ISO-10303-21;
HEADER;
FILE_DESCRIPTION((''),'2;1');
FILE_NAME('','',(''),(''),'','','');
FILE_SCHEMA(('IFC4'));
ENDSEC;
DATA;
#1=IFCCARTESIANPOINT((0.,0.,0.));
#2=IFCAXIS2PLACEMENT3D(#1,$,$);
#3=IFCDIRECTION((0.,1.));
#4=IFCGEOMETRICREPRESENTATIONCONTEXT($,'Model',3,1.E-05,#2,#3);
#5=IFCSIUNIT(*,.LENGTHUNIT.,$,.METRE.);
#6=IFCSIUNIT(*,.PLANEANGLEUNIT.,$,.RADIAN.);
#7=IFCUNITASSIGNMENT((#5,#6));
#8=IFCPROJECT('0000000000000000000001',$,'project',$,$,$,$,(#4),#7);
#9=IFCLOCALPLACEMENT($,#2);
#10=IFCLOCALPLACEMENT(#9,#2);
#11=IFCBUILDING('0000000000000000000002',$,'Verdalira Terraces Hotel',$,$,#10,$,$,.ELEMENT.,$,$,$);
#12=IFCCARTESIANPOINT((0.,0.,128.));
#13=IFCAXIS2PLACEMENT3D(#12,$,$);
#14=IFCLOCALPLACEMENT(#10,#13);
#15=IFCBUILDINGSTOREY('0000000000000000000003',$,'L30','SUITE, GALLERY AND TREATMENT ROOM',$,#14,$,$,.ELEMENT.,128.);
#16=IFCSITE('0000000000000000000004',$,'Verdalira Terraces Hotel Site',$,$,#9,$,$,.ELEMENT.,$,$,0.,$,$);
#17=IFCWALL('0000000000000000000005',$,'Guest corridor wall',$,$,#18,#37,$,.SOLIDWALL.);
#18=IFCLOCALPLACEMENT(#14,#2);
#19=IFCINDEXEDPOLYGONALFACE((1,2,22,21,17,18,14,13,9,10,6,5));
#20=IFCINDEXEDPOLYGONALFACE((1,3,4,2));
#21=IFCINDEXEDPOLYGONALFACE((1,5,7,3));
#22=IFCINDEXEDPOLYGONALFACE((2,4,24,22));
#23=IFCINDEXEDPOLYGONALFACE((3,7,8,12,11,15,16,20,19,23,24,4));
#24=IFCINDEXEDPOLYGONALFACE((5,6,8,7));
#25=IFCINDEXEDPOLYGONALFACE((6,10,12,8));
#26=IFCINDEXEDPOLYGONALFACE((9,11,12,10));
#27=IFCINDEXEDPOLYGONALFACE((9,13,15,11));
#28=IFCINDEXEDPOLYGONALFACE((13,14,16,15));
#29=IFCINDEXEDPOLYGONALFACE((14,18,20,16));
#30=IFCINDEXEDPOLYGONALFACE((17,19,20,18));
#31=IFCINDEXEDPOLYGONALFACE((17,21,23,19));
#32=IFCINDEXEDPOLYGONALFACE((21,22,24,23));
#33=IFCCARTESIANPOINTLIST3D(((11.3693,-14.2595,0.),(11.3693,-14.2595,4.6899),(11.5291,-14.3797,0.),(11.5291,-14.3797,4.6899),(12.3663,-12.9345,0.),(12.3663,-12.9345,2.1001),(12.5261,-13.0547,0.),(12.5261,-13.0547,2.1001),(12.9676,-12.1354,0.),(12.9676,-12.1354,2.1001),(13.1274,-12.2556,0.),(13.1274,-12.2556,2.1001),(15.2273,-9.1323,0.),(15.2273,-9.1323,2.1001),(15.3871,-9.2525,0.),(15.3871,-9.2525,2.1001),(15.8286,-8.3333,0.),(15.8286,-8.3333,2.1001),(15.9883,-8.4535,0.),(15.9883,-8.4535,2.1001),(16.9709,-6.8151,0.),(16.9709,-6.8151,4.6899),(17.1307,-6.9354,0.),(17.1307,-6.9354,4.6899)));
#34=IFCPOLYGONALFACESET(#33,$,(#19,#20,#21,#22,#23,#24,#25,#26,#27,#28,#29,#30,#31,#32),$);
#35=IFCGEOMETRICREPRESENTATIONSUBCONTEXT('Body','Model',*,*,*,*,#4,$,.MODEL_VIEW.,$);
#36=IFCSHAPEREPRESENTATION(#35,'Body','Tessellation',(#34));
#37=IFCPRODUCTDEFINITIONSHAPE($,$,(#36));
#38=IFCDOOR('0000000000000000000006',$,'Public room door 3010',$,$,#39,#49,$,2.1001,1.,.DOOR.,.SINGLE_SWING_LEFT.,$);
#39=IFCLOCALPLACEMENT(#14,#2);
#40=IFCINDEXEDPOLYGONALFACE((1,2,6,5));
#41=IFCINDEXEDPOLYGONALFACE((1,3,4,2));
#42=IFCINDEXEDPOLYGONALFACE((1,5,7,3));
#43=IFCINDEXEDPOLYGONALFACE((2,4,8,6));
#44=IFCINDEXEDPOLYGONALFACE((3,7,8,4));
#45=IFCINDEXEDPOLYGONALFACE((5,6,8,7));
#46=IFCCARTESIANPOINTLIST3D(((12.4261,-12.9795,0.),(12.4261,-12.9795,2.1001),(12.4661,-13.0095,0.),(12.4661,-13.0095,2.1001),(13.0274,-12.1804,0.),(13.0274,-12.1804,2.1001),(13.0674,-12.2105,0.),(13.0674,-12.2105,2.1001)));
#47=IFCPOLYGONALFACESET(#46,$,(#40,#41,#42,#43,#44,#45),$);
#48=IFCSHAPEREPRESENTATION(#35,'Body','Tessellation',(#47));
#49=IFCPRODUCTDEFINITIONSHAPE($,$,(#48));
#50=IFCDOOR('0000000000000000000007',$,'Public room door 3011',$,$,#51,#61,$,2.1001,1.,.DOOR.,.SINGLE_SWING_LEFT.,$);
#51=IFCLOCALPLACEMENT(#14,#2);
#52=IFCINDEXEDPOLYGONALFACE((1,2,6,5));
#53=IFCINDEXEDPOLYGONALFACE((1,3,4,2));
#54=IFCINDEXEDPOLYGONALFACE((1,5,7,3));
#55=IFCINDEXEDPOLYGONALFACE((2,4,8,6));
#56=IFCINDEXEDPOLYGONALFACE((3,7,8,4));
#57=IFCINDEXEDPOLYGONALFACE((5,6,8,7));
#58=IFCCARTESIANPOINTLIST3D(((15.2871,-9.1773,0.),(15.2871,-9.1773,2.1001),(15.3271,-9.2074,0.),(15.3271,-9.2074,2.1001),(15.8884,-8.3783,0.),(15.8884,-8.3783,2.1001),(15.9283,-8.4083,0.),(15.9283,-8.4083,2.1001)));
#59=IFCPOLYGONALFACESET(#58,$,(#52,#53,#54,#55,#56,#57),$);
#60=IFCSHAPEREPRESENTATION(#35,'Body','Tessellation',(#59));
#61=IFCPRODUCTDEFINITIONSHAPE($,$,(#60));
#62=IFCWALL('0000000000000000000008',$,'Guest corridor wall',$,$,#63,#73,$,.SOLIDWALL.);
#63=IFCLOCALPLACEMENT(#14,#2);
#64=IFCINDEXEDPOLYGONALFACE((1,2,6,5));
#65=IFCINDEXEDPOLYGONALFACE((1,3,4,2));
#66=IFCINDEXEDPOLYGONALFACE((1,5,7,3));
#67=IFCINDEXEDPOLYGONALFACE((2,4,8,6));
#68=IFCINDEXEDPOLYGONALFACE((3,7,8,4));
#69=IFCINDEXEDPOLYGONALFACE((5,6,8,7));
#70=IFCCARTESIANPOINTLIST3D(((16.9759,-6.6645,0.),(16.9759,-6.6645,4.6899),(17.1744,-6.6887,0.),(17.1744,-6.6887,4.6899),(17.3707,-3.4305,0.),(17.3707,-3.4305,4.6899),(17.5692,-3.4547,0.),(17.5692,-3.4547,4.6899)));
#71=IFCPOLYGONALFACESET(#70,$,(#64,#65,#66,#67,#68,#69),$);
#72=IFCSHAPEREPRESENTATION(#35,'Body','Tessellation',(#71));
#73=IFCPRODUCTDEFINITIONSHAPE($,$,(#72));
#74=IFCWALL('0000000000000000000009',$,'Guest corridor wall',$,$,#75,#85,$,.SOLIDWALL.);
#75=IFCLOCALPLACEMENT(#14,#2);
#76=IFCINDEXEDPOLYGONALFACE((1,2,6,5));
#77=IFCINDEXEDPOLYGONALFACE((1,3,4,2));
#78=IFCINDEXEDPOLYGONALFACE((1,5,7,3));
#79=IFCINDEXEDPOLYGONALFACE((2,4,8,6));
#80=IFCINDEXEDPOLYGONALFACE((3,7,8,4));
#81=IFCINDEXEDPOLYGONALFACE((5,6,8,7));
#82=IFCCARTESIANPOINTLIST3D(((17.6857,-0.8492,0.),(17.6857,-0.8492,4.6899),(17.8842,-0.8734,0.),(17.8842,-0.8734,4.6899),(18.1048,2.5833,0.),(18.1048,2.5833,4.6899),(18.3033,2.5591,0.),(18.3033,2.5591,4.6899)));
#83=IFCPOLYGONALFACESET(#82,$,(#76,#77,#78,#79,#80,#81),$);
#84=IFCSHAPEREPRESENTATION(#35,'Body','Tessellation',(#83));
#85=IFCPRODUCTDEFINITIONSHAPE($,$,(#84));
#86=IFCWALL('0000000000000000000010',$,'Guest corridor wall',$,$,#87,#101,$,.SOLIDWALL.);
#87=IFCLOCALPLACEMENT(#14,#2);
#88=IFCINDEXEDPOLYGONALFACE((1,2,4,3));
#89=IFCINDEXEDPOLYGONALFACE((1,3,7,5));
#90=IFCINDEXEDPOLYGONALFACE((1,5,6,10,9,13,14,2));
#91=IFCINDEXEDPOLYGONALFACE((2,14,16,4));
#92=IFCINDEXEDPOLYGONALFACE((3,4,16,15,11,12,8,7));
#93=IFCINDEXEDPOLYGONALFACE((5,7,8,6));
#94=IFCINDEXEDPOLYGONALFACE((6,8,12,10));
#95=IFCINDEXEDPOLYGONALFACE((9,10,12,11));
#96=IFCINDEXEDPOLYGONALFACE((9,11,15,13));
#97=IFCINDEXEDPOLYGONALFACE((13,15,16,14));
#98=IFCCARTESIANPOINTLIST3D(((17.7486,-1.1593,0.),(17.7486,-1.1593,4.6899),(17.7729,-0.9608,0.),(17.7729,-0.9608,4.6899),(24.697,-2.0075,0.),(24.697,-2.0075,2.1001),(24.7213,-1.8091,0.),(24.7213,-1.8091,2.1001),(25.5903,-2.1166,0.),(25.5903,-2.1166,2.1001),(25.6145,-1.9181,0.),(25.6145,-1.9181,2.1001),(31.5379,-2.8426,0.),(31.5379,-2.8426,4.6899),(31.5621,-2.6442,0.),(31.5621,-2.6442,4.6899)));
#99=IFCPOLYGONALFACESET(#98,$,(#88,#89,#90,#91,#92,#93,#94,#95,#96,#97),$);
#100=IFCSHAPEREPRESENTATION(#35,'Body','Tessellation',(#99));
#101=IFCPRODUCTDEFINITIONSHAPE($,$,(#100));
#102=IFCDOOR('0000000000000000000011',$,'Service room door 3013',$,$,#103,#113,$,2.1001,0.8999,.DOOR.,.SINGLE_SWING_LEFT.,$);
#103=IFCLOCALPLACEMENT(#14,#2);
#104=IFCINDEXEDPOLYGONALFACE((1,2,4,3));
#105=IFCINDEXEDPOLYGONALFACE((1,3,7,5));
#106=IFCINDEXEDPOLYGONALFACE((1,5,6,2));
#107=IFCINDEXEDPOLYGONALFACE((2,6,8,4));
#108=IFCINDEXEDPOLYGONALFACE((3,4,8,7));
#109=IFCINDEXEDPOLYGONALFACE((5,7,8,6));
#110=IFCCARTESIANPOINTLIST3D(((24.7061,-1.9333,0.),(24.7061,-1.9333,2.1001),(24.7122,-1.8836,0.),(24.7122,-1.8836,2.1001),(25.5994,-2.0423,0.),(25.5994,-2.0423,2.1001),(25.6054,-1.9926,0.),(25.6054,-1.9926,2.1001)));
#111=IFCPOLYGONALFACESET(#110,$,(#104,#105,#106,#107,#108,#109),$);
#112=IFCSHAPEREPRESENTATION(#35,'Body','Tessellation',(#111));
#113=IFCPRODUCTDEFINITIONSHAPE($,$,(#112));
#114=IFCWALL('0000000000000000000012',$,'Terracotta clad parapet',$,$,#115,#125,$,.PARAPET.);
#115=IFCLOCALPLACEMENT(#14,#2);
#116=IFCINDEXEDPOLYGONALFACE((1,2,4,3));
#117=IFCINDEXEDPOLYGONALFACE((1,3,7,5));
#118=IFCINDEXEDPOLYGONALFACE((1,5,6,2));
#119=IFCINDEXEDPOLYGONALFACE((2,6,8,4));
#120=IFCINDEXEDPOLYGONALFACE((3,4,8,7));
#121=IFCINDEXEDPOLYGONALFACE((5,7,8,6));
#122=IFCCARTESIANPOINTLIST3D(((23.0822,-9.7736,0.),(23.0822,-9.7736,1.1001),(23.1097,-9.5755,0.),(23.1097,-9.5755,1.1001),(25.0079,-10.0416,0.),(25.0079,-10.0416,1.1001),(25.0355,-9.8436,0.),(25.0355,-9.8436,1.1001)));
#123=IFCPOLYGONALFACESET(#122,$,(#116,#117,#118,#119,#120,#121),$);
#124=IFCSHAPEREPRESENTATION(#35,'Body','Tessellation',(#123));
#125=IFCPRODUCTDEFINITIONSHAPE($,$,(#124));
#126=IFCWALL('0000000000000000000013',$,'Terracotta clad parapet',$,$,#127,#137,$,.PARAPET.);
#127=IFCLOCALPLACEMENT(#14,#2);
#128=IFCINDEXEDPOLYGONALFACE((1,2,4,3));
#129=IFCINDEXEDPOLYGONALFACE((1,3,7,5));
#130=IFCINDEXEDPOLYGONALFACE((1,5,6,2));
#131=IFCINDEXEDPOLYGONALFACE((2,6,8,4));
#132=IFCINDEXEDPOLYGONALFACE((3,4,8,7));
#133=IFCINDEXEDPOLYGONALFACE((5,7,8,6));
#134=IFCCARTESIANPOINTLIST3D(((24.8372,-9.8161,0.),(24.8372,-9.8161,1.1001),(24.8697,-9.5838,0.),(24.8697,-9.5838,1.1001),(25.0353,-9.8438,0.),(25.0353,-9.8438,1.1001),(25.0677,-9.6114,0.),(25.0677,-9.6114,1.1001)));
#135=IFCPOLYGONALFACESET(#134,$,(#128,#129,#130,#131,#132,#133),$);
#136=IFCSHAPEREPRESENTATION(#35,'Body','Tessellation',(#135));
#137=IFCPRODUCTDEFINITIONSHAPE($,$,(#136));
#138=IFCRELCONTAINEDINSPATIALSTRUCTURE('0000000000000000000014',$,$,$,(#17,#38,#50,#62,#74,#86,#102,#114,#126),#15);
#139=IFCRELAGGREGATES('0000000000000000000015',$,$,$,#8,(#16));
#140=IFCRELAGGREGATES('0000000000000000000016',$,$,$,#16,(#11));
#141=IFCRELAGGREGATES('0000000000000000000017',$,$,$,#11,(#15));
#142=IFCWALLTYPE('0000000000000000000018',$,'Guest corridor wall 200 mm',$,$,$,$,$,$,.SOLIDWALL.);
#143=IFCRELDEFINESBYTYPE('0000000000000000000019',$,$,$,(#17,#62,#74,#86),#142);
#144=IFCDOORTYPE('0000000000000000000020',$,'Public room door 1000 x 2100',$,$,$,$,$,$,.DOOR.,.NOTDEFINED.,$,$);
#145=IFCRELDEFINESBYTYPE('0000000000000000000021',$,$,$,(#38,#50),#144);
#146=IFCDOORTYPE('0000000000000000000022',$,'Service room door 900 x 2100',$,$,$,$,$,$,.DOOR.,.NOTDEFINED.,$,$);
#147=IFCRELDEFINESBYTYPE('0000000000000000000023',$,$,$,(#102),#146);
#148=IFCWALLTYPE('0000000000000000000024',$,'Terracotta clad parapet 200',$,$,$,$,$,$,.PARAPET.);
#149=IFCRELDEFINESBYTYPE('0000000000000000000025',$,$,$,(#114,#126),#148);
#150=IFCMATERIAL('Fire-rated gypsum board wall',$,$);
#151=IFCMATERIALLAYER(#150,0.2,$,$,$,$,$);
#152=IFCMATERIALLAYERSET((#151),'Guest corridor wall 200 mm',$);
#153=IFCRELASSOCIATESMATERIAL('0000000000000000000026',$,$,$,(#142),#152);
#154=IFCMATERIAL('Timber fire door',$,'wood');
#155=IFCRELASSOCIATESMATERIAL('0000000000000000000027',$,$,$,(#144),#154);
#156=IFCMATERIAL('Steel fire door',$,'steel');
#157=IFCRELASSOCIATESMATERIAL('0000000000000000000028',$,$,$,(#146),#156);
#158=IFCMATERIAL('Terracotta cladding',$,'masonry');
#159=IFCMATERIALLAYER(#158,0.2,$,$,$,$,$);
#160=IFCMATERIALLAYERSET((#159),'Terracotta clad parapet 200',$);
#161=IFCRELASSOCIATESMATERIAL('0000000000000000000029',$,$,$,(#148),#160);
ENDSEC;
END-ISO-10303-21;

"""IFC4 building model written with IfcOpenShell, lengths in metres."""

from ifc_helpers import new_model, si_unit, direction, frame, frame_2d, origin, place, context, subcontext, project, spatial, rectangle, extrude, material, layer, layer_set, type_object, element, fill, save


model = new_model("IFC4")

# Units and contexts
model_context = context("Model", 3, precision=1e-05, world=origin(), true_north=direction((0.0, 1.0)))
body_context = subcontext(model_context, "Body", "Model", "MODEL_VIEW")
ifc_project = project(units=[si_unit("LENGTHUNIT", "METRE"), si_unit("PLANEANGLEUNIT", "RADIAN")], contexts=[model_context])

# Site, building, storey
site_placement = place(None, origin())
site = spatial("IfcSite", under=ifc_project, at=site_placement, Name="Verdalira Terraces Hotel Site", CompositionType="ELEMENT", RefElevation=0.0)
building_placement = place(site_placement, origin())
building = spatial("IfcBuilding", under=site, at=building_placement, Name="Verdalira Terraces Hotel", CompositionType="ELEMENT")
storey_placement = place(building_placement, frame((0.0, 0.0, 128.0)))
storey = spatial("IfcBuildingStorey", under=building, at=storey_placement, Name="L30", Description="SUITE, GALLERY AND TREATMENT ROOM", CompositionType="ELEMENT", Elevation=128.0)

# Wall, openings, doors
ifc_material_1 = material(Name="Fire-rated gypsum board wall")
ifc_layer_1 = layer(ifc_material_1, 0.2)
ifc_layer_set_1 = layer_set([ifc_layer_1], Name="Guest corridor wall 200 mm")
wall_type_1 = type_object("IfcWallType", Name="Guest corridor wall 200 mm", PredefinedType="SOLIDWALL", material=ifc_layer_set_1)
wall_1_placement = place(storey_placement, frame((17.0508, -6.8752, 0.0), z_axis=(0.0, 0.0, 1.0), x_axis=(-0.601257, -0.799056, 0.0)))
wall_1 = element("IfcWall", 1, at=wall_1_placement, inside=storey, type_object=wall_type_1, Name="Guest corridor wall", PredefinedType="SOLIDWALL", context=body_context, shape_type="SweptSolid", body=[
    extrude(rectangle(XDim=9.3164, YDim=0.2, at=frame_2d((4.6582, 0.0))), origin(), (0.0, 0.0, 1.0), 4.6899),
])
opening_1_placement = place(wall_1_placement, frame((6.6582, 0.0, 0.0)))
opening_1 = element("IfcOpeningElement", 2, at=opening_1_placement, cuts=wall_1, PredefinedType="OPENING", context=body_context, shape_type="SweptSolid", body=[
    extrude(rectangle(XDim=1.0, YDim=2.1001, at=frame_2d((0.5, 1.05))), frame((0.0, 0.1099, 0.0), z_axis=(0.0, -1.0, 0.0), x_axis=(1.0, 0.0, 0.0)), (0.0, 0.0, 1.0), 0.22),
])
opening_2_placement = place(wall_1_placement, frame((1.8999, 0.0, 0.0)))
opening_2 = element("IfcOpeningElement", 3, at=opening_2_placement, cuts=wall_1, PredefinedType="OPENING", context=body_context, shape_type="SweptSolid", body=[
    extrude(rectangle(XDim=1.0, YDim=2.1001, at=frame_2d((0.5, 1.05))), frame((0.0, 0.1099, 0.0), z_axis=(0.0, -1.0, 0.0), x_axis=(1.0, 0.0, 0.0)), (0.0, 0.0, 1.0), 0.22),
])
ifc_material_2 = material(Name="Timber fire door", Category="wood")
door_type_1 = type_object("IfcDoorType", Name="Public room door 1000 x 2100", OperationType="NOTDEFINED", PredefinedType="DOOR", material=ifc_material_2)
door_1_placement = place(opening_1_placement, origin())
door_1 = element("IfcDoor", 4, at=door_1_placement, inside=storey, type_object=door_type_1, Name="Public room door 3010", OperationType="SINGLE_SWING_LEFT", OverallHeight=2.1001, OverallWidth=1.0, PredefinedType="DOOR", context=body_context, shape_type="SweptSolid", body=[
    extrude(rectangle(XDim=1.0, YDim=2.1001, at=frame_2d((0.5, 1.05))), frame((0.0, 0.0249, 0.0), z_axis=(0.0, -1.0, 0.0), x_axis=(1.0, 0.0, 0.0)), (0.0, 0.0, 1.0), 0.05),
])
fill(opening_1, door_1)
door_2_placement = place(opening_2_placement, origin())
door_2 = element("IfcDoor", 5, at=door_2_placement, inside=storey, type_object=door_type_1, Name="Public room door 3011", OperationType="SINGLE_SWING_LEFT", OverallHeight=2.1001, OverallWidth=1.0, PredefinedType="DOOR", context=body_context, shape_type="SweptSolid", body=[
    extrude(rectangle(XDim=1.0, YDim=2.1001, at=frame_2d((0.5, 1.05))), frame((0.0, 0.0249, 0.0), z_axis=(0.0, -1.0, 0.0), x_axis=(1.0, 0.0, 0.0)), (0.0, 0.0, 1.0), 0.05),
])
fill(opening_2, door_2)

# Walls
wall_2_placement = place(storey_placement, frame((17.0752, -6.6765, 0.0), z_axis=(0.0, 0.0, 1.0), x_axis=(0.121166, 0.992632, 0.0)))
element("IfcWall", 6, at=wall_2_placement, inside=storey, type_object=wall_type_1, Name="Guest corridor wall", PredefinedType="SOLIDWALL", context=body_context, shape_type="SweptSolid", body=[
    extrude(rectangle(XDim=3.2581, YDim=0.2, at=frame_2d((1.6289, 0.0))), origin(), (0.0, 0.0, 1.0), 4.6899),
])
wall_3_placement = place(storey_placement, frame((17.7849, -0.8613, 0.0), z_axis=(0.0, 0.0, 1.0), x_axis=(0.121219, 0.992626, 0.0)))
element("IfcWall", 7, at=wall_3_placement, inside=storey, type_object=wall_type_1, Name="Guest corridor wall", PredefinedType="SOLIDWALL", context=body_context, shape_type="SweptSolid", body=[
    extrude(rectangle(XDim=3.458, YDim=0.2, at=frame_2d((1.729, 0.0))), origin(), (0.0, 0.0, 1.0), 4.6899),
])

# Wall, opening, door
wall_4_placement = place(storey_placement, frame((17.7607, -1.0601, 0.0), z_axis=(0.0, 0.0, 1.0), x_axis=(0.992631, -0.121177, 0.0)))
wall_4 = element("IfcWall", 8, at=wall_4_placement, inside=storey, type_object=wall_type_1, Name="Guest corridor wall", PredefinedType="SOLIDWALL", context=body_context, shape_type="SweptSolid", body=[
    extrude(rectangle(XDim=13.8916, YDim=0.2, at=frame_2d((6.9458, 0.0))), origin(), (0.0, 0.0, 1.0), 4.6899),
])
opening_3_placement = place(wall_4_placement, frame((7.0, 0.0, 0.0)))
opening_3 = element("IfcOpeningElement", 9, at=opening_3_placement, cuts=wall_4, PredefinedType="OPENING", context=body_context, shape_type="SweptSolid", body=[
    extrude(rectangle(XDim=0.8999, YDim=2.1001, at=frame_2d((0.45, 1.05))), frame((0.0, 0.1099, 0.0), z_axis=(0.0, -1.0, 0.0), x_axis=(1.0, 0.0, 0.0)), (0.0, 0.0, 1.0), 0.22),
])
ifc_material_3 = material(Name="Steel fire door", Category="steel")
door_type_2 = type_object("IfcDoorType", Name="Service room door 900 x 2100", OperationType="NOTDEFINED", PredefinedType="DOOR", material=ifc_material_3)
door_3_placement = place(opening_3_placement, origin())
door_3 = element("IfcDoor", 10, at=door_3_placement, inside=storey, type_object=door_type_2, Name="Service room door 3013", OperationType="SINGLE_SWING_LEFT", OverallHeight=2.1001, OverallWidth=0.8999, PredefinedType="DOOR", context=body_context, shape_type="SweptSolid", body=[
    extrude(rectangle(XDim=0.8999, YDim=2.1001, at=frame_2d((0.45, 1.05))), frame((0.0, 0.0249, 0.0), z_axis=(0.0, -1.0, 0.0), x_axis=(1.0, 0.0, 0.0)), (0.0, 0.0, 1.0), 0.05),
])
fill(opening_3, door_3)

# Walls
ifc_material_4 = material(Name="Terracotta cladding", Category="masonry")
ifc_layer_2 = layer(ifc_material_4, 0.2)
ifc_layer_set_2 = layer_set([ifc_layer_2], Name="Terracotta clad parapet 200")
wall_type_2 = type_object("IfcWallType", Name="Terracotta clad parapet 200", PredefinedType="PARAPET", material=ifc_layer_set_2)
wall_5_placement = place(storey_placement, frame((23.0959, -9.6746, 0.0), z_axis=(0.0, 0.0, 1.0), x_axis=(0.99045, -0.137869, 0.0)))
element("IfcWall", 11, at=wall_5_placement, inside=storey, type_object=wall_type_2, Name="Terracotta clad parapet", PredefinedType="PARAPET", context=body_context, shape_type="SweptSolid", body=[
    extrude(rectangle(XDim=1.9443, YDim=0.2, at=frame_2d((0.9722, 0.0))), origin(), (0.0, 0.0, 1.0), 1.1001),
])
wall_6_placement = place(storey_placement, frame((24.9363, -9.8298, 0.0), z_axis=(0.0, 0.0, 1.0), x_axis=(0.138362, 0.990382, 0.0)))
element("IfcWall", 12, at=wall_6_placement, inside=storey, type_object=wall_type_2, Name="Terracotta clad parapet", PredefinedType="PARAPET", context=body_context, shape_type="SweptSolid", body=[
    extrude(rectangle(XDim=0.2346, YDim=0.2, at=frame_2d((0.1172, 0.0))), origin(), (0.0, 0.0, 1.0), 1.1001),
])

save(model, "model.ifc")
